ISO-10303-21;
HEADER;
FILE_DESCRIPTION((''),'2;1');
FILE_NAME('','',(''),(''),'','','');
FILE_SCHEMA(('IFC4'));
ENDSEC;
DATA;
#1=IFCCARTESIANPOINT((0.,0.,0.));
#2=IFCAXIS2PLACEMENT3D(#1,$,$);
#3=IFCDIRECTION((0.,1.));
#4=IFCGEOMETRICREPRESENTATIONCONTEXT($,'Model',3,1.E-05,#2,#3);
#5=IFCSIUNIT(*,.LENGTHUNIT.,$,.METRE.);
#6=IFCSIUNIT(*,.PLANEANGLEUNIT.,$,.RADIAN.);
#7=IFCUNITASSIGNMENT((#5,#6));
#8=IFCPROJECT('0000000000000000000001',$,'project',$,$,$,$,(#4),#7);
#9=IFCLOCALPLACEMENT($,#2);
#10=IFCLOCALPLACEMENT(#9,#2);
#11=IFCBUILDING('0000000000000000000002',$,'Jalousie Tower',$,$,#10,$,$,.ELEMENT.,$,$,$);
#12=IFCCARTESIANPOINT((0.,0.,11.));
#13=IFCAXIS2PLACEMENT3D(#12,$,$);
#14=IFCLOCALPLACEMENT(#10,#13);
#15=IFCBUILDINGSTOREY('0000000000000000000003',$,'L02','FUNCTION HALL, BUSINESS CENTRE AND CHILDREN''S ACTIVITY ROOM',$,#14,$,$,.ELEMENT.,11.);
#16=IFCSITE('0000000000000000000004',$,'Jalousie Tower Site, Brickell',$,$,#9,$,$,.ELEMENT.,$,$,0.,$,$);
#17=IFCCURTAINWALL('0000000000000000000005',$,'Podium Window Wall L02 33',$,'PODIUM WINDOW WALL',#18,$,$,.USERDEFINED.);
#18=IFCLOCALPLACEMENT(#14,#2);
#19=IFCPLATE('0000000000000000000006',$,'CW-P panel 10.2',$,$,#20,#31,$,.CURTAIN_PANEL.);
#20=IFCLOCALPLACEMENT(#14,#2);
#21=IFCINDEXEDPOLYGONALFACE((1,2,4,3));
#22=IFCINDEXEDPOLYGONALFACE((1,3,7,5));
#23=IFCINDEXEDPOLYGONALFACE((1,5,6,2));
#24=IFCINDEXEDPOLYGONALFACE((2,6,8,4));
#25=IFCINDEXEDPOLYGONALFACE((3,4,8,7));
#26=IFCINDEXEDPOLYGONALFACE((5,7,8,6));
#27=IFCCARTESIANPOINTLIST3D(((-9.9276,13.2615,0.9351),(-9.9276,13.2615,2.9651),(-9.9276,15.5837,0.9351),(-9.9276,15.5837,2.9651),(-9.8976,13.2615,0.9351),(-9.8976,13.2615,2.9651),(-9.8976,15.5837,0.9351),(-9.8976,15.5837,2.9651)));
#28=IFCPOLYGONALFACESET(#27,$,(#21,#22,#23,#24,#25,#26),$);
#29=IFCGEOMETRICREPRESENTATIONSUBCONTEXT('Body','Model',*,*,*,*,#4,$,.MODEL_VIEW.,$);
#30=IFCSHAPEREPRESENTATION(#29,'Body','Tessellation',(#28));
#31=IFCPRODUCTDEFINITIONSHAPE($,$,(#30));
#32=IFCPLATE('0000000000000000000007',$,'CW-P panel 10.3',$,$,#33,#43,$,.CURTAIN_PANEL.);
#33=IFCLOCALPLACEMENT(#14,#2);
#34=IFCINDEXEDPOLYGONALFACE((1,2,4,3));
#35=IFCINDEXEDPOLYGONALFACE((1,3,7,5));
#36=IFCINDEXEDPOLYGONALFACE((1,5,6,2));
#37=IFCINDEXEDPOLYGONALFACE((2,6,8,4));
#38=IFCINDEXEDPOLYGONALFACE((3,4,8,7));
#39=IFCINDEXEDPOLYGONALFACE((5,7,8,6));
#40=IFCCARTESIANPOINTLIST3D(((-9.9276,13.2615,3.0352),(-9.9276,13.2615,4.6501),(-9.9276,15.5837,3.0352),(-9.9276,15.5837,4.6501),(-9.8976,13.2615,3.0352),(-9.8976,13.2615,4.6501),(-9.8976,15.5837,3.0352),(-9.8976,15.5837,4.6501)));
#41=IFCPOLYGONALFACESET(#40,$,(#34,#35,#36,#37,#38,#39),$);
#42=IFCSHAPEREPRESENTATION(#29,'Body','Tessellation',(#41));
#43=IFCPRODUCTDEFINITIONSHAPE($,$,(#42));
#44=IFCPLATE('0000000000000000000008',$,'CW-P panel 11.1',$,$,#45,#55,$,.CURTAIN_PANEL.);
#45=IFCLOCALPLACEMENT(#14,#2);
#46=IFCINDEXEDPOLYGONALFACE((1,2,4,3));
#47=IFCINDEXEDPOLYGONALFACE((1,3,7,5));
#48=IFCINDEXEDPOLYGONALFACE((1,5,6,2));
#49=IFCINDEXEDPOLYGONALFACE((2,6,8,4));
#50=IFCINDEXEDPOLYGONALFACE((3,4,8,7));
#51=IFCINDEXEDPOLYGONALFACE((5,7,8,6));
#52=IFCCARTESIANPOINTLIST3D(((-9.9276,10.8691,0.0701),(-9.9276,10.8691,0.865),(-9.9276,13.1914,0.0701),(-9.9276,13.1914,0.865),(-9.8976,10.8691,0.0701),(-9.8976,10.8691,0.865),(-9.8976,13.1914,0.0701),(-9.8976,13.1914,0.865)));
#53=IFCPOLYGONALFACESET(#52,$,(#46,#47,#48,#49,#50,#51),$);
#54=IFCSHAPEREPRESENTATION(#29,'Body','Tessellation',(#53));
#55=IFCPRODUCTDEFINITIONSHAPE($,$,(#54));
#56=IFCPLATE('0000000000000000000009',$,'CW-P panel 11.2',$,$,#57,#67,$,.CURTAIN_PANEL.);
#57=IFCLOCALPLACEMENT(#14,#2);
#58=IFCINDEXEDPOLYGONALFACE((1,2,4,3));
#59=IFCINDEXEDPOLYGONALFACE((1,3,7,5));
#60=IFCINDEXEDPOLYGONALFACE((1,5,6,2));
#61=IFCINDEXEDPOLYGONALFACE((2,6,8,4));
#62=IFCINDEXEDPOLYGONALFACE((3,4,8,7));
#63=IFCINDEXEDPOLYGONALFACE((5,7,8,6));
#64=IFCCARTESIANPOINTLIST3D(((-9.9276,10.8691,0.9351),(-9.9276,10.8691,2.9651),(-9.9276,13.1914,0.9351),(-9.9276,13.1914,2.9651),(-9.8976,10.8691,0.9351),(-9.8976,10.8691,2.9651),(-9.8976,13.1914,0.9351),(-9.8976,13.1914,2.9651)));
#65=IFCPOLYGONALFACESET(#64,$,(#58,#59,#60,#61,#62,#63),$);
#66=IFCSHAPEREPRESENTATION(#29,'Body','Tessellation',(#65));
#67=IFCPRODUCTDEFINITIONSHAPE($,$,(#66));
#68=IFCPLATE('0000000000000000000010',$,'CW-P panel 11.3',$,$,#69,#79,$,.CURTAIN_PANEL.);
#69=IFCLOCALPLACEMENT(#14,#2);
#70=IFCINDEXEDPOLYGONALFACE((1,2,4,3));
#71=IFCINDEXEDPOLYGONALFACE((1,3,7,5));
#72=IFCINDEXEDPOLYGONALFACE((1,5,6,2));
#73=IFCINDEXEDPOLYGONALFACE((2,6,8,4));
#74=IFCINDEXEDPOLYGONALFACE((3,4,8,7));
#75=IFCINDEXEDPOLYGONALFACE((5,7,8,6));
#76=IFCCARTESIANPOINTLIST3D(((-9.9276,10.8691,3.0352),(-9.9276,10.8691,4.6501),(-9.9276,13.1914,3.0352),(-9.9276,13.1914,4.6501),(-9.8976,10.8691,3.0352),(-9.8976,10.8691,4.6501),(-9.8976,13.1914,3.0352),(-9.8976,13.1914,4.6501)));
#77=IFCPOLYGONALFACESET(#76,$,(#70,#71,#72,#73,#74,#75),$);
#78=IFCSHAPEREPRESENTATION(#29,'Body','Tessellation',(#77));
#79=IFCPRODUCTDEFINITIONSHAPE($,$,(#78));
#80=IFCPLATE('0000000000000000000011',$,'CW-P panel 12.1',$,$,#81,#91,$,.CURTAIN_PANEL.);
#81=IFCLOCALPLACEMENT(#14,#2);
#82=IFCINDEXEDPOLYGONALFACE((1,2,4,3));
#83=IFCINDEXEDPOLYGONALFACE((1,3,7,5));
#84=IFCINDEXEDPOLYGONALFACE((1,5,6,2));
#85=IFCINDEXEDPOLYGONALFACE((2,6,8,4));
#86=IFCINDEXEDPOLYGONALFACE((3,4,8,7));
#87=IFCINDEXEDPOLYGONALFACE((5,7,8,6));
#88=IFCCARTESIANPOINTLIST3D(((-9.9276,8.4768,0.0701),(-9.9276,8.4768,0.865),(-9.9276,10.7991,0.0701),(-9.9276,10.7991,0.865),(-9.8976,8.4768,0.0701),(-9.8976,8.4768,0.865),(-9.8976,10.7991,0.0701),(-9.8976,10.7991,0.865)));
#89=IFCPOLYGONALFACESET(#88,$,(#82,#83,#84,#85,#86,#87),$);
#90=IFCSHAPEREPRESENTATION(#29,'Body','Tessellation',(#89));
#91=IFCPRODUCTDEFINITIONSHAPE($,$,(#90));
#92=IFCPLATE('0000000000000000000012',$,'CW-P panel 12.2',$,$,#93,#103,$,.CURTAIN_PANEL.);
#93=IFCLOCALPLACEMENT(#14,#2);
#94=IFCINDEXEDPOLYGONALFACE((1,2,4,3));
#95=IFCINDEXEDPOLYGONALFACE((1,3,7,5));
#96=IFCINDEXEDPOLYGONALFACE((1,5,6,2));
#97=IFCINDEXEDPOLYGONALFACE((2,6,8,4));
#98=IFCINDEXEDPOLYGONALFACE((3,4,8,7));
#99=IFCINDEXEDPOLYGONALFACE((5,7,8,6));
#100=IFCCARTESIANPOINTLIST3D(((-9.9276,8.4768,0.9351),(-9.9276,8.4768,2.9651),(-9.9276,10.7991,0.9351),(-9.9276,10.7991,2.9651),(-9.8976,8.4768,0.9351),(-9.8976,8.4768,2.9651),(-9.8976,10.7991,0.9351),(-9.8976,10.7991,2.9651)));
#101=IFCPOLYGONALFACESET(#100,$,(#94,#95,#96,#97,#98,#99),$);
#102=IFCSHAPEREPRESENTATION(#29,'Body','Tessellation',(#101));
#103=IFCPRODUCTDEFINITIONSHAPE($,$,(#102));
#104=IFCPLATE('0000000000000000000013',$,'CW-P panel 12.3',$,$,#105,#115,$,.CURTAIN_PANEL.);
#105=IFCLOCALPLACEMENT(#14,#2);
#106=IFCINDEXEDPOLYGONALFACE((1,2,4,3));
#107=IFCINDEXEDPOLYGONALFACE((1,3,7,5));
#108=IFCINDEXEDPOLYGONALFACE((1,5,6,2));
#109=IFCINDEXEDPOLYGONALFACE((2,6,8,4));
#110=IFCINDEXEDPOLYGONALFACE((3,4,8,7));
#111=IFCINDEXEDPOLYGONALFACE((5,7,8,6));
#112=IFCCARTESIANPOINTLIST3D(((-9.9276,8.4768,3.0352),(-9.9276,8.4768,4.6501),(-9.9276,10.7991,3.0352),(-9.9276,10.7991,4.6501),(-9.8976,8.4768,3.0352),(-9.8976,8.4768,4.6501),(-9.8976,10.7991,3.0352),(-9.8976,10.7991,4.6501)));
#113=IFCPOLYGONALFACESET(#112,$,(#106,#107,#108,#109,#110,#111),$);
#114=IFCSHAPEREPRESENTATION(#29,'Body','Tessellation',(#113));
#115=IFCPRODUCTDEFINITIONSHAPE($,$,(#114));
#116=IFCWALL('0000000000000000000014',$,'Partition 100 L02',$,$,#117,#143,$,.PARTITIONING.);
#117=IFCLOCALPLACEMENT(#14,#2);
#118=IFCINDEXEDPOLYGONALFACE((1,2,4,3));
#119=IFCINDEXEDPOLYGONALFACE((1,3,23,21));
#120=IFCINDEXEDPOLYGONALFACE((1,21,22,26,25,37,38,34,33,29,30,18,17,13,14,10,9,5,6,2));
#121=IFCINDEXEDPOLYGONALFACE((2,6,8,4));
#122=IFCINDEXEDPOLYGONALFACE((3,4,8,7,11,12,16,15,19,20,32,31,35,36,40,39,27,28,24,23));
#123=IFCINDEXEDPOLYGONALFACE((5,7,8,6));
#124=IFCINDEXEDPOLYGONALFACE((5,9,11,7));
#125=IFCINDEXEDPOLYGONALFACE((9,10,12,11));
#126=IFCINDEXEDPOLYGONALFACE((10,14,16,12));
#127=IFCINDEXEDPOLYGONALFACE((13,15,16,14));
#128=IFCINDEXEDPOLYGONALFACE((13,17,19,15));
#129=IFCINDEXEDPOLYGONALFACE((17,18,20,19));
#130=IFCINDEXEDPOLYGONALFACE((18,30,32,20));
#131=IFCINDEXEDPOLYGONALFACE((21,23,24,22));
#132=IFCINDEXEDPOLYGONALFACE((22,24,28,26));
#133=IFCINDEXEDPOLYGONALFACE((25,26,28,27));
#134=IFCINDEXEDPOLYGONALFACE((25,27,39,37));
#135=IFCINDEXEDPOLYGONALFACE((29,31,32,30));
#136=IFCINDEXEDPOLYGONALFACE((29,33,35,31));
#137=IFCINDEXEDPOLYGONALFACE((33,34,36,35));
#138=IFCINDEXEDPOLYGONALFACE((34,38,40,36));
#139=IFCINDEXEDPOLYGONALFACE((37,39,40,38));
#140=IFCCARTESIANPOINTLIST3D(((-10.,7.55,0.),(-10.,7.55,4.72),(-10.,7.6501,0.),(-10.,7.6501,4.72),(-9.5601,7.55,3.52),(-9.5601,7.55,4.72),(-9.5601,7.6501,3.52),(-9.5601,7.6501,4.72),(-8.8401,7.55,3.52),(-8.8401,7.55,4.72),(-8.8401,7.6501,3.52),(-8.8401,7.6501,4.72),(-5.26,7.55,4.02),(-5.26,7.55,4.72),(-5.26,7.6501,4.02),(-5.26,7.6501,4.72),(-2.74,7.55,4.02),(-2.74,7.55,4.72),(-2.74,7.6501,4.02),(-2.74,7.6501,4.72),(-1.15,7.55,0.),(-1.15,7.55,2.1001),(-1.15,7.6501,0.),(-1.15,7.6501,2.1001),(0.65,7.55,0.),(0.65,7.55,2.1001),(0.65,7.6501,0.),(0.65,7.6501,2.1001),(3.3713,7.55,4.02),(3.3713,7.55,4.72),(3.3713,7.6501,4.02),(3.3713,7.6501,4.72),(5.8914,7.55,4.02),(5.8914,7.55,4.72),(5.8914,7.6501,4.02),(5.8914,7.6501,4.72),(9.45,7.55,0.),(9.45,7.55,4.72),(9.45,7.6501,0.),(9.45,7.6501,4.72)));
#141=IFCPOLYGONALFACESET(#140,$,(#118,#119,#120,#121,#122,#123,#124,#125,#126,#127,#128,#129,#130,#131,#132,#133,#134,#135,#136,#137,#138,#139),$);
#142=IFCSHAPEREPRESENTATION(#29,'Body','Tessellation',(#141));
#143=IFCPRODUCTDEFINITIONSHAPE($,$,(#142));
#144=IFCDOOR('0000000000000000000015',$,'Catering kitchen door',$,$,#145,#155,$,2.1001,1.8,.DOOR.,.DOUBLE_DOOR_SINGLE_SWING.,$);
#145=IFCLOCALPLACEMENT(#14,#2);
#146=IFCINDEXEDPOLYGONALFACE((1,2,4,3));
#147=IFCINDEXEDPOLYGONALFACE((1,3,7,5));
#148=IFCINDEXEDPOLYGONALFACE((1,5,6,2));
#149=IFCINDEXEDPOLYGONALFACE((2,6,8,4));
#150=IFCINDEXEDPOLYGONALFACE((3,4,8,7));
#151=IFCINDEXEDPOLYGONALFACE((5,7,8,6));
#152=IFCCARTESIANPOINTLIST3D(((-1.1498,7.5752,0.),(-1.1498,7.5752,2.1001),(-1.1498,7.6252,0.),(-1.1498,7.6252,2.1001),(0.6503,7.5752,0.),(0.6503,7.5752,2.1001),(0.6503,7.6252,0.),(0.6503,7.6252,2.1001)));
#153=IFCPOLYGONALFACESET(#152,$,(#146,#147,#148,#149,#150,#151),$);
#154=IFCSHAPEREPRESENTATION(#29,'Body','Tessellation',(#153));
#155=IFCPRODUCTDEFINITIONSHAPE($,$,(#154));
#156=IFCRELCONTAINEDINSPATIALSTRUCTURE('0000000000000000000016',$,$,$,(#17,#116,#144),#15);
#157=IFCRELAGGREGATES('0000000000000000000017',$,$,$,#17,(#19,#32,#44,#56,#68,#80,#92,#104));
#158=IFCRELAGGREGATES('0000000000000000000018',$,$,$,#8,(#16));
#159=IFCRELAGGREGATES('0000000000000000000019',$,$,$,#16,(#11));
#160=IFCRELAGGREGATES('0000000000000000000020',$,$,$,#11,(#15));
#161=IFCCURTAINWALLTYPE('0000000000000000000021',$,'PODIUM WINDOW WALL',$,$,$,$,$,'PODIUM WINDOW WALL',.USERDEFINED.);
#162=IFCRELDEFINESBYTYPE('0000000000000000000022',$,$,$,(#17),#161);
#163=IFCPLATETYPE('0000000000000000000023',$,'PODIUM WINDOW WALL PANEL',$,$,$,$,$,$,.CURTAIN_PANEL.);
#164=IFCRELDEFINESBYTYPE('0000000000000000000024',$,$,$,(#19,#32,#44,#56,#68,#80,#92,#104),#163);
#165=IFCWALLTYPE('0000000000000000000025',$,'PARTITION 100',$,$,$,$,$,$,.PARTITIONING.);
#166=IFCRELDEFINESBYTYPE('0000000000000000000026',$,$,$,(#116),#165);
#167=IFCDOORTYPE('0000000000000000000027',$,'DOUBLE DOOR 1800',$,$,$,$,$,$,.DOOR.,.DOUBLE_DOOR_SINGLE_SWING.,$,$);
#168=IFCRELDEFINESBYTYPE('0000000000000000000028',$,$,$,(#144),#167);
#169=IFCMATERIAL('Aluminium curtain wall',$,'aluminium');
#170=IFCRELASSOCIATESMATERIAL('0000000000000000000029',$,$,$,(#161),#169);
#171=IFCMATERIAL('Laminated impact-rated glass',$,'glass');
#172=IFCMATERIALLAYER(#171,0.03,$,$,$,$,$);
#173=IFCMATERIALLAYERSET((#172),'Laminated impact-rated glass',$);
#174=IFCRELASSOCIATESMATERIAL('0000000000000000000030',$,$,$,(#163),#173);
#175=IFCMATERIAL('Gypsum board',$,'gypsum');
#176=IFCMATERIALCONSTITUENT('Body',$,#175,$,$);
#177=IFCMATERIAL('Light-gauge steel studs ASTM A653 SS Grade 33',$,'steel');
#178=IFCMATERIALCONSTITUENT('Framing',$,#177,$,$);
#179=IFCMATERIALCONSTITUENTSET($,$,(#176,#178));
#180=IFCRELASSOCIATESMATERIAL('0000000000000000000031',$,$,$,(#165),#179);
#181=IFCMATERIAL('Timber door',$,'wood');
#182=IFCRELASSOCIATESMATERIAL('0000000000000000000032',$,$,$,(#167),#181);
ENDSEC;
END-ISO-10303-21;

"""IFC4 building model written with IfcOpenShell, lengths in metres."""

from ifc_helpers import new_model, si_unit, direction, frame, frame_2d, origin, origin_2d, place, context, subcontext, project, spatial, polyline, rectangle, outline, extrude, material, layer, layer_set, constituent, constituent_set, type_object, element, fill, aggregate, save


model = new_model("IFC4")

# Units and contexts
model_context = context("Model", 3, precision=1e-05, world=origin(), true_north=direction((0.0, 1.0)))
body_context = subcontext(model_context, "Body", "Model", "MODEL_VIEW")
ifc_project = project(units=[si_unit("LENGTHUNIT", "METRE"), si_unit("PLANEANGLEUNIT", "RADIAN")], contexts=[model_context])

# Site, building, storey
site_placement = place(None, origin())
site = spatial("IfcSite", under=ifc_project, at=site_placement, Name="Jalousie Tower Site, Brickell", CompositionType="ELEMENT", RefElevation=0.0)
building_placement = place(site_placement, origin())
building = spatial("IfcBuilding", under=site, at=building_placement, Name="Jalousie Tower", CompositionType="ELEMENT")
storey_placement = place(building_placement, frame((0.0, 0.0, 11.0)))
storey = spatial("IfcBuildingStorey", under=building, at=storey_placement, Name="L02", Description="FUNCTION HALL, BUSINESS CENTRE AND CHILDREN'S ACTIVITY ROOM", CompositionType="ELEMENT", Elevation=11.0)

# Curtain wall
ifc_material_1 = material(Name="Aluminium curtain wall", Category="aluminium")
curtain_wall_type = type_object("IfcCurtainWallType", Name="PODIUM WINDOW WALL", ElementType="PODIUM WINDOW WALL", PredefinedType="USERDEFINED", material=ifc_material_1)
curtain_wall_placement = place(storey_placement, origin())
curtain_wall = element("IfcCurtainWall", 1, at=curtain_wall_placement, inside=storey, type_object=curtain_wall_type, Name="Podium Window Wall L02 33", ObjectType="PODIUM WINDOW WALL", PredefinedType="USERDEFINED")

# Plates
ifc_material_2 = material(Name="Laminated impact-rated glass", Category="glass")
ifc_layer = layer(ifc_material_2, 0.03)
ifc_layer_set = layer_set([ifc_layer], Name="Laminated impact-rated glass")
plate_type = type_object("IfcPlateType", Name="PODIUM WINDOW WALL PANEL", PredefinedType="CURTAIN_PANEL", material=ifc_layer_set)
plate_1_placement = place(storey_placement, frame((-9.9126, 14.4226, 0.9351), z_axis=(0.0, 0.0, 1.0), x_axis=(0.0, -1.0, 0.0)))
plate_1 = element("IfcPlate", 2, at=plate_1_placement, type_object=plate_type, Name="CW-P panel 10.2", PredefinedType="CURTAIN_PANEL", context=body_context, shape_type="SweptSolid", body=[
    extrude(rectangle(XDim=2.3223, YDim=0.03, at=origin_2d()), origin(), (0.0, 0.0, 1.0), 2.03),
])
plate_2_placement = place(storey_placement, frame((-9.9126, 14.4226, 3.0352), z_axis=(0.0, 0.0, 1.0), x_axis=(0.0, -1.0, 0.0)))
plate_2 = element("IfcPlate", 3, at=plate_2_placement, type_object=plate_type, Name="CW-P panel 10.3", PredefinedType="CURTAIN_PANEL", context=body_context, shape_type="SweptSolid", body=[
    extrude(rectangle(XDim=2.3223, YDim=0.03, at=origin_2d()), origin(), (0.0, 0.0, 1.0), 1.615),
])
plate_3_placement = place(storey_placement, frame((-9.9126, 12.0303, 0.0701), z_axis=(0.0, 0.0, 1.0), x_axis=(0.0, -1.0, 0.0)))
plate_3 = element("IfcPlate", 4, at=plate_3_placement, type_object=plate_type, Name="CW-P panel 11.1", PredefinedType="CURTAIN_PANEL", context=body_context, shape_type="SweptSolid", body=[
    extrude(rectangle(XDim=2.3223, YDim=0.03, at=origin_2d()), origin(), (0.0, 0.0, 1.0), 0.7949),
])
plate_4_placement = place(storey_placement, frame((-9.9126, 12.0303, 0.9351), z_axis=(0.0, 0.0, 1.0), x_axis=(0.0, -1.0, 0.0)))
plate_4 = element("IfcPlate", 5, at=plate_4_placement, type_object=plate_type, Name="CW-P panel 11.2", PredefinedType="CURTAIN_PANEL", context=body_context, shape_type="SweptSolid", body=[
    extrude(rectangle(XDim=2.3223, YDim=0.03, at=origin_2d()), origin(), (0.0, 0.0, 1.0), 2.03),
])
plate_5_placement = place(storey_placement, frame((-9.9126, 12.0303, 3.0352), z_axis=(0.0, 0.0, 1.0), x_axis=(0.0, -1.0, 0.0)))
plate_5 = element("IfcPlate", 6, at=plate_5_placement, type_object=plate_type, Name="CW-P panel 11.3", PredefinedType="CURTAIN_PANEL", context=body_context, shape_type="SweptSolid", body=[
    extrude(rectangle(XDim=2.3223, YDim=0.03, at=origin_2d()), origin(), (0.0, 0.0, 1.0), 1.615),
])
plate_6_placement = place(storey_placement, frame((-9.9126, 9.6379, 0.0701), z_axis=(0.0, 0.0, 1.0), x_axis=(0.0, -1.0, 0.0)))
plate_6 = element("IfcPlate", 7, at=plate_6_placement, type_object=plate_type, Name="CW-P panel 12.1", PredefinedType="CURTAIN_PANEL", context=body_context, shape_type="SweptSolid", body=[
    extrude(rectangle(XDim=2.3223, YDim=0.03, at=origin_2d()), origin(), (0.0, 0.0, 1.0), 0.7949),
])
plate_7_placement = place(storey_placement, frame((-9.9126, 9.6379, 0.9351), z_axis=(0.0, 0.0, 1.0), x_axis=(0.0, -1.0, 0.0)))
plate_7 = element("IfcPlate", 8, at=plate_7_placement, type_object=plate_type, Name="CW-P panel 12.2", PredefinedType="CURTAIN_PANEL", context=body_context, shape_type="SweptSolid", body=[
    extrude(rectangle(XDim=2.3223, YDim=0.03, at=origin_2d()), origin(), (0.0, 0.0, 1.0), 2.03),
])
plate_8_placement = place(storey_placement, frame((-9.9126, 9.6379, 3.0352), z_axis=(0.0, 0.0, 1.0), x_axis=(0.0, -1.0, 0.0)))
plate_8 = element("IfcPlate", 9, at=plate_8_placement, type_object=plate_type, Name="CW-P panel 12.3", PredefinedType="CURTAIN_PANEL", context=body_context, shape_type="SweptSolid", body=[
    extrude(rectangle(XDim=2.3223, YDim=0.03, at=origin_2d()), origin(), (0.0, 0.0, 1.0), 1.615),
])
aggregate(curtain_wall, [plate_1, plate_2, plate_3, plate_4, plate_5, plate_6, plate_7, plate_8])

# Wall, opening, door
ifc_material_3 = material(Name="Gypsum board", Category="gypsum")
ifc_constituent_1 = constituent(ifc_material_3, Name="Body")
ifc_material_4 = material(Name="Light-gauge steel studs ASTM A653 SS Grade 33", Category="steel")
ifc_constituent_2 = constituent(ifc_material_4, Name="Framing")
ifc_constituent_set = constituent_set(constituents=[ifc_constituent_1, ifc_constituent_2])
wall_type = type_object("IfcWallType", Name="PARTITION 100", PredefinedType="PARTITIONING", material=ifc_constituent_set)
wall_placement = place(storey_placement, frame((-10.0, 7.6001, 0.0), z_axis=(0.0, 0.0, 1.0), x_axis=(1.0, 0.0, 0.0)))
wall = element("IfcWall", 10, at=wall_placement, inside=storey, type_object=wall_type, Name="Partition 100 L02", PredefinedType="PARTITIONING", context=body_context, shape_type="SweptSolid", body=[
    extrude(outline(polyline([(0.0, 0.0), (19.45, 0.0), (19.45, 4.72), (15.8914, 4.72), (15.8914, 4.02), (13.3713, 4.02), (13.3713, 4.72), (7.26, 4.72), (7.26, 4.02), (4.74, 4.02), (4.74, 4.72), (1.1599, 4.72), (1.1599, 3.52), (0.4399, 3.52), (0.4399, 4.72), (0.0, 4.72), (0.0, 0.0)])), frame((0.0, 0.05, 0.0), z_axis=(0.0, -1.0, 0.0), x_axis=(1.0, 0.0, 0.0)), (0.0, 0.0, 1.0), 0.1001),
])
opening_placement = place(wall_placement, frame((8.8501, 0.0, 0.0)))
opening = element("IfcOpeningElement", 11, at=opening_placement, cuts=wall, PredefinedType="OPENING", context=body_context, shape_type="SweptSolid", body=[
    extrude(rectangle(XDim=1.8, YDim=2.1001, at=frame_2d((0.8999, 1.05))), frame((0.0, 0.0601, 0.0), z_axis=(0.0, -1.0, 0.0), x_axis=(1.0, 0.0, 0.0)), (0.0, 0.0, 1.0), 0.1201),
])
ifc_material_5 = material(Name="Timber door", Category="wood")
door_type = type_object("IfcDoorType", Name="DOUBLE DOOR 1800", OperationType="DOUBLE_DOOR_SINGLE_SWING", PredefinedType="DOOR", material=ifc_material_5)
door_placement = place(opening_placement, frame((1.8, 0.0, 0.0), z_axis=(0.0, 0.0, 1.0), x_axis=(-1.0, 0.0, 0.0)))
door = element("IfcDoor", 12, at=door_placement, inside=storey, type_object=door_type, Name="Catering kitchen door", OperationType="DOUBLE_DOOR_SINGLE_SWING", OverallHeight=2.1001, OverallWidth=1.8, PredefinedType="DOOR", context=body_context, shape_type="SweptSolid", body=[
    extrude(rectangle(XDim=1.8, YDim=2.1001, at=frame_2d((0.8999, 1.05))), frame((0.0, 0.0249, 0.0), z_axis=(0.0, -1.0, 0.0), x_axis=(1.0, 0.0, 0.0)), (0.0, 0.0, 1.0), 0.05),
])
fill(opening, door)

save(model, "model.ifc")
